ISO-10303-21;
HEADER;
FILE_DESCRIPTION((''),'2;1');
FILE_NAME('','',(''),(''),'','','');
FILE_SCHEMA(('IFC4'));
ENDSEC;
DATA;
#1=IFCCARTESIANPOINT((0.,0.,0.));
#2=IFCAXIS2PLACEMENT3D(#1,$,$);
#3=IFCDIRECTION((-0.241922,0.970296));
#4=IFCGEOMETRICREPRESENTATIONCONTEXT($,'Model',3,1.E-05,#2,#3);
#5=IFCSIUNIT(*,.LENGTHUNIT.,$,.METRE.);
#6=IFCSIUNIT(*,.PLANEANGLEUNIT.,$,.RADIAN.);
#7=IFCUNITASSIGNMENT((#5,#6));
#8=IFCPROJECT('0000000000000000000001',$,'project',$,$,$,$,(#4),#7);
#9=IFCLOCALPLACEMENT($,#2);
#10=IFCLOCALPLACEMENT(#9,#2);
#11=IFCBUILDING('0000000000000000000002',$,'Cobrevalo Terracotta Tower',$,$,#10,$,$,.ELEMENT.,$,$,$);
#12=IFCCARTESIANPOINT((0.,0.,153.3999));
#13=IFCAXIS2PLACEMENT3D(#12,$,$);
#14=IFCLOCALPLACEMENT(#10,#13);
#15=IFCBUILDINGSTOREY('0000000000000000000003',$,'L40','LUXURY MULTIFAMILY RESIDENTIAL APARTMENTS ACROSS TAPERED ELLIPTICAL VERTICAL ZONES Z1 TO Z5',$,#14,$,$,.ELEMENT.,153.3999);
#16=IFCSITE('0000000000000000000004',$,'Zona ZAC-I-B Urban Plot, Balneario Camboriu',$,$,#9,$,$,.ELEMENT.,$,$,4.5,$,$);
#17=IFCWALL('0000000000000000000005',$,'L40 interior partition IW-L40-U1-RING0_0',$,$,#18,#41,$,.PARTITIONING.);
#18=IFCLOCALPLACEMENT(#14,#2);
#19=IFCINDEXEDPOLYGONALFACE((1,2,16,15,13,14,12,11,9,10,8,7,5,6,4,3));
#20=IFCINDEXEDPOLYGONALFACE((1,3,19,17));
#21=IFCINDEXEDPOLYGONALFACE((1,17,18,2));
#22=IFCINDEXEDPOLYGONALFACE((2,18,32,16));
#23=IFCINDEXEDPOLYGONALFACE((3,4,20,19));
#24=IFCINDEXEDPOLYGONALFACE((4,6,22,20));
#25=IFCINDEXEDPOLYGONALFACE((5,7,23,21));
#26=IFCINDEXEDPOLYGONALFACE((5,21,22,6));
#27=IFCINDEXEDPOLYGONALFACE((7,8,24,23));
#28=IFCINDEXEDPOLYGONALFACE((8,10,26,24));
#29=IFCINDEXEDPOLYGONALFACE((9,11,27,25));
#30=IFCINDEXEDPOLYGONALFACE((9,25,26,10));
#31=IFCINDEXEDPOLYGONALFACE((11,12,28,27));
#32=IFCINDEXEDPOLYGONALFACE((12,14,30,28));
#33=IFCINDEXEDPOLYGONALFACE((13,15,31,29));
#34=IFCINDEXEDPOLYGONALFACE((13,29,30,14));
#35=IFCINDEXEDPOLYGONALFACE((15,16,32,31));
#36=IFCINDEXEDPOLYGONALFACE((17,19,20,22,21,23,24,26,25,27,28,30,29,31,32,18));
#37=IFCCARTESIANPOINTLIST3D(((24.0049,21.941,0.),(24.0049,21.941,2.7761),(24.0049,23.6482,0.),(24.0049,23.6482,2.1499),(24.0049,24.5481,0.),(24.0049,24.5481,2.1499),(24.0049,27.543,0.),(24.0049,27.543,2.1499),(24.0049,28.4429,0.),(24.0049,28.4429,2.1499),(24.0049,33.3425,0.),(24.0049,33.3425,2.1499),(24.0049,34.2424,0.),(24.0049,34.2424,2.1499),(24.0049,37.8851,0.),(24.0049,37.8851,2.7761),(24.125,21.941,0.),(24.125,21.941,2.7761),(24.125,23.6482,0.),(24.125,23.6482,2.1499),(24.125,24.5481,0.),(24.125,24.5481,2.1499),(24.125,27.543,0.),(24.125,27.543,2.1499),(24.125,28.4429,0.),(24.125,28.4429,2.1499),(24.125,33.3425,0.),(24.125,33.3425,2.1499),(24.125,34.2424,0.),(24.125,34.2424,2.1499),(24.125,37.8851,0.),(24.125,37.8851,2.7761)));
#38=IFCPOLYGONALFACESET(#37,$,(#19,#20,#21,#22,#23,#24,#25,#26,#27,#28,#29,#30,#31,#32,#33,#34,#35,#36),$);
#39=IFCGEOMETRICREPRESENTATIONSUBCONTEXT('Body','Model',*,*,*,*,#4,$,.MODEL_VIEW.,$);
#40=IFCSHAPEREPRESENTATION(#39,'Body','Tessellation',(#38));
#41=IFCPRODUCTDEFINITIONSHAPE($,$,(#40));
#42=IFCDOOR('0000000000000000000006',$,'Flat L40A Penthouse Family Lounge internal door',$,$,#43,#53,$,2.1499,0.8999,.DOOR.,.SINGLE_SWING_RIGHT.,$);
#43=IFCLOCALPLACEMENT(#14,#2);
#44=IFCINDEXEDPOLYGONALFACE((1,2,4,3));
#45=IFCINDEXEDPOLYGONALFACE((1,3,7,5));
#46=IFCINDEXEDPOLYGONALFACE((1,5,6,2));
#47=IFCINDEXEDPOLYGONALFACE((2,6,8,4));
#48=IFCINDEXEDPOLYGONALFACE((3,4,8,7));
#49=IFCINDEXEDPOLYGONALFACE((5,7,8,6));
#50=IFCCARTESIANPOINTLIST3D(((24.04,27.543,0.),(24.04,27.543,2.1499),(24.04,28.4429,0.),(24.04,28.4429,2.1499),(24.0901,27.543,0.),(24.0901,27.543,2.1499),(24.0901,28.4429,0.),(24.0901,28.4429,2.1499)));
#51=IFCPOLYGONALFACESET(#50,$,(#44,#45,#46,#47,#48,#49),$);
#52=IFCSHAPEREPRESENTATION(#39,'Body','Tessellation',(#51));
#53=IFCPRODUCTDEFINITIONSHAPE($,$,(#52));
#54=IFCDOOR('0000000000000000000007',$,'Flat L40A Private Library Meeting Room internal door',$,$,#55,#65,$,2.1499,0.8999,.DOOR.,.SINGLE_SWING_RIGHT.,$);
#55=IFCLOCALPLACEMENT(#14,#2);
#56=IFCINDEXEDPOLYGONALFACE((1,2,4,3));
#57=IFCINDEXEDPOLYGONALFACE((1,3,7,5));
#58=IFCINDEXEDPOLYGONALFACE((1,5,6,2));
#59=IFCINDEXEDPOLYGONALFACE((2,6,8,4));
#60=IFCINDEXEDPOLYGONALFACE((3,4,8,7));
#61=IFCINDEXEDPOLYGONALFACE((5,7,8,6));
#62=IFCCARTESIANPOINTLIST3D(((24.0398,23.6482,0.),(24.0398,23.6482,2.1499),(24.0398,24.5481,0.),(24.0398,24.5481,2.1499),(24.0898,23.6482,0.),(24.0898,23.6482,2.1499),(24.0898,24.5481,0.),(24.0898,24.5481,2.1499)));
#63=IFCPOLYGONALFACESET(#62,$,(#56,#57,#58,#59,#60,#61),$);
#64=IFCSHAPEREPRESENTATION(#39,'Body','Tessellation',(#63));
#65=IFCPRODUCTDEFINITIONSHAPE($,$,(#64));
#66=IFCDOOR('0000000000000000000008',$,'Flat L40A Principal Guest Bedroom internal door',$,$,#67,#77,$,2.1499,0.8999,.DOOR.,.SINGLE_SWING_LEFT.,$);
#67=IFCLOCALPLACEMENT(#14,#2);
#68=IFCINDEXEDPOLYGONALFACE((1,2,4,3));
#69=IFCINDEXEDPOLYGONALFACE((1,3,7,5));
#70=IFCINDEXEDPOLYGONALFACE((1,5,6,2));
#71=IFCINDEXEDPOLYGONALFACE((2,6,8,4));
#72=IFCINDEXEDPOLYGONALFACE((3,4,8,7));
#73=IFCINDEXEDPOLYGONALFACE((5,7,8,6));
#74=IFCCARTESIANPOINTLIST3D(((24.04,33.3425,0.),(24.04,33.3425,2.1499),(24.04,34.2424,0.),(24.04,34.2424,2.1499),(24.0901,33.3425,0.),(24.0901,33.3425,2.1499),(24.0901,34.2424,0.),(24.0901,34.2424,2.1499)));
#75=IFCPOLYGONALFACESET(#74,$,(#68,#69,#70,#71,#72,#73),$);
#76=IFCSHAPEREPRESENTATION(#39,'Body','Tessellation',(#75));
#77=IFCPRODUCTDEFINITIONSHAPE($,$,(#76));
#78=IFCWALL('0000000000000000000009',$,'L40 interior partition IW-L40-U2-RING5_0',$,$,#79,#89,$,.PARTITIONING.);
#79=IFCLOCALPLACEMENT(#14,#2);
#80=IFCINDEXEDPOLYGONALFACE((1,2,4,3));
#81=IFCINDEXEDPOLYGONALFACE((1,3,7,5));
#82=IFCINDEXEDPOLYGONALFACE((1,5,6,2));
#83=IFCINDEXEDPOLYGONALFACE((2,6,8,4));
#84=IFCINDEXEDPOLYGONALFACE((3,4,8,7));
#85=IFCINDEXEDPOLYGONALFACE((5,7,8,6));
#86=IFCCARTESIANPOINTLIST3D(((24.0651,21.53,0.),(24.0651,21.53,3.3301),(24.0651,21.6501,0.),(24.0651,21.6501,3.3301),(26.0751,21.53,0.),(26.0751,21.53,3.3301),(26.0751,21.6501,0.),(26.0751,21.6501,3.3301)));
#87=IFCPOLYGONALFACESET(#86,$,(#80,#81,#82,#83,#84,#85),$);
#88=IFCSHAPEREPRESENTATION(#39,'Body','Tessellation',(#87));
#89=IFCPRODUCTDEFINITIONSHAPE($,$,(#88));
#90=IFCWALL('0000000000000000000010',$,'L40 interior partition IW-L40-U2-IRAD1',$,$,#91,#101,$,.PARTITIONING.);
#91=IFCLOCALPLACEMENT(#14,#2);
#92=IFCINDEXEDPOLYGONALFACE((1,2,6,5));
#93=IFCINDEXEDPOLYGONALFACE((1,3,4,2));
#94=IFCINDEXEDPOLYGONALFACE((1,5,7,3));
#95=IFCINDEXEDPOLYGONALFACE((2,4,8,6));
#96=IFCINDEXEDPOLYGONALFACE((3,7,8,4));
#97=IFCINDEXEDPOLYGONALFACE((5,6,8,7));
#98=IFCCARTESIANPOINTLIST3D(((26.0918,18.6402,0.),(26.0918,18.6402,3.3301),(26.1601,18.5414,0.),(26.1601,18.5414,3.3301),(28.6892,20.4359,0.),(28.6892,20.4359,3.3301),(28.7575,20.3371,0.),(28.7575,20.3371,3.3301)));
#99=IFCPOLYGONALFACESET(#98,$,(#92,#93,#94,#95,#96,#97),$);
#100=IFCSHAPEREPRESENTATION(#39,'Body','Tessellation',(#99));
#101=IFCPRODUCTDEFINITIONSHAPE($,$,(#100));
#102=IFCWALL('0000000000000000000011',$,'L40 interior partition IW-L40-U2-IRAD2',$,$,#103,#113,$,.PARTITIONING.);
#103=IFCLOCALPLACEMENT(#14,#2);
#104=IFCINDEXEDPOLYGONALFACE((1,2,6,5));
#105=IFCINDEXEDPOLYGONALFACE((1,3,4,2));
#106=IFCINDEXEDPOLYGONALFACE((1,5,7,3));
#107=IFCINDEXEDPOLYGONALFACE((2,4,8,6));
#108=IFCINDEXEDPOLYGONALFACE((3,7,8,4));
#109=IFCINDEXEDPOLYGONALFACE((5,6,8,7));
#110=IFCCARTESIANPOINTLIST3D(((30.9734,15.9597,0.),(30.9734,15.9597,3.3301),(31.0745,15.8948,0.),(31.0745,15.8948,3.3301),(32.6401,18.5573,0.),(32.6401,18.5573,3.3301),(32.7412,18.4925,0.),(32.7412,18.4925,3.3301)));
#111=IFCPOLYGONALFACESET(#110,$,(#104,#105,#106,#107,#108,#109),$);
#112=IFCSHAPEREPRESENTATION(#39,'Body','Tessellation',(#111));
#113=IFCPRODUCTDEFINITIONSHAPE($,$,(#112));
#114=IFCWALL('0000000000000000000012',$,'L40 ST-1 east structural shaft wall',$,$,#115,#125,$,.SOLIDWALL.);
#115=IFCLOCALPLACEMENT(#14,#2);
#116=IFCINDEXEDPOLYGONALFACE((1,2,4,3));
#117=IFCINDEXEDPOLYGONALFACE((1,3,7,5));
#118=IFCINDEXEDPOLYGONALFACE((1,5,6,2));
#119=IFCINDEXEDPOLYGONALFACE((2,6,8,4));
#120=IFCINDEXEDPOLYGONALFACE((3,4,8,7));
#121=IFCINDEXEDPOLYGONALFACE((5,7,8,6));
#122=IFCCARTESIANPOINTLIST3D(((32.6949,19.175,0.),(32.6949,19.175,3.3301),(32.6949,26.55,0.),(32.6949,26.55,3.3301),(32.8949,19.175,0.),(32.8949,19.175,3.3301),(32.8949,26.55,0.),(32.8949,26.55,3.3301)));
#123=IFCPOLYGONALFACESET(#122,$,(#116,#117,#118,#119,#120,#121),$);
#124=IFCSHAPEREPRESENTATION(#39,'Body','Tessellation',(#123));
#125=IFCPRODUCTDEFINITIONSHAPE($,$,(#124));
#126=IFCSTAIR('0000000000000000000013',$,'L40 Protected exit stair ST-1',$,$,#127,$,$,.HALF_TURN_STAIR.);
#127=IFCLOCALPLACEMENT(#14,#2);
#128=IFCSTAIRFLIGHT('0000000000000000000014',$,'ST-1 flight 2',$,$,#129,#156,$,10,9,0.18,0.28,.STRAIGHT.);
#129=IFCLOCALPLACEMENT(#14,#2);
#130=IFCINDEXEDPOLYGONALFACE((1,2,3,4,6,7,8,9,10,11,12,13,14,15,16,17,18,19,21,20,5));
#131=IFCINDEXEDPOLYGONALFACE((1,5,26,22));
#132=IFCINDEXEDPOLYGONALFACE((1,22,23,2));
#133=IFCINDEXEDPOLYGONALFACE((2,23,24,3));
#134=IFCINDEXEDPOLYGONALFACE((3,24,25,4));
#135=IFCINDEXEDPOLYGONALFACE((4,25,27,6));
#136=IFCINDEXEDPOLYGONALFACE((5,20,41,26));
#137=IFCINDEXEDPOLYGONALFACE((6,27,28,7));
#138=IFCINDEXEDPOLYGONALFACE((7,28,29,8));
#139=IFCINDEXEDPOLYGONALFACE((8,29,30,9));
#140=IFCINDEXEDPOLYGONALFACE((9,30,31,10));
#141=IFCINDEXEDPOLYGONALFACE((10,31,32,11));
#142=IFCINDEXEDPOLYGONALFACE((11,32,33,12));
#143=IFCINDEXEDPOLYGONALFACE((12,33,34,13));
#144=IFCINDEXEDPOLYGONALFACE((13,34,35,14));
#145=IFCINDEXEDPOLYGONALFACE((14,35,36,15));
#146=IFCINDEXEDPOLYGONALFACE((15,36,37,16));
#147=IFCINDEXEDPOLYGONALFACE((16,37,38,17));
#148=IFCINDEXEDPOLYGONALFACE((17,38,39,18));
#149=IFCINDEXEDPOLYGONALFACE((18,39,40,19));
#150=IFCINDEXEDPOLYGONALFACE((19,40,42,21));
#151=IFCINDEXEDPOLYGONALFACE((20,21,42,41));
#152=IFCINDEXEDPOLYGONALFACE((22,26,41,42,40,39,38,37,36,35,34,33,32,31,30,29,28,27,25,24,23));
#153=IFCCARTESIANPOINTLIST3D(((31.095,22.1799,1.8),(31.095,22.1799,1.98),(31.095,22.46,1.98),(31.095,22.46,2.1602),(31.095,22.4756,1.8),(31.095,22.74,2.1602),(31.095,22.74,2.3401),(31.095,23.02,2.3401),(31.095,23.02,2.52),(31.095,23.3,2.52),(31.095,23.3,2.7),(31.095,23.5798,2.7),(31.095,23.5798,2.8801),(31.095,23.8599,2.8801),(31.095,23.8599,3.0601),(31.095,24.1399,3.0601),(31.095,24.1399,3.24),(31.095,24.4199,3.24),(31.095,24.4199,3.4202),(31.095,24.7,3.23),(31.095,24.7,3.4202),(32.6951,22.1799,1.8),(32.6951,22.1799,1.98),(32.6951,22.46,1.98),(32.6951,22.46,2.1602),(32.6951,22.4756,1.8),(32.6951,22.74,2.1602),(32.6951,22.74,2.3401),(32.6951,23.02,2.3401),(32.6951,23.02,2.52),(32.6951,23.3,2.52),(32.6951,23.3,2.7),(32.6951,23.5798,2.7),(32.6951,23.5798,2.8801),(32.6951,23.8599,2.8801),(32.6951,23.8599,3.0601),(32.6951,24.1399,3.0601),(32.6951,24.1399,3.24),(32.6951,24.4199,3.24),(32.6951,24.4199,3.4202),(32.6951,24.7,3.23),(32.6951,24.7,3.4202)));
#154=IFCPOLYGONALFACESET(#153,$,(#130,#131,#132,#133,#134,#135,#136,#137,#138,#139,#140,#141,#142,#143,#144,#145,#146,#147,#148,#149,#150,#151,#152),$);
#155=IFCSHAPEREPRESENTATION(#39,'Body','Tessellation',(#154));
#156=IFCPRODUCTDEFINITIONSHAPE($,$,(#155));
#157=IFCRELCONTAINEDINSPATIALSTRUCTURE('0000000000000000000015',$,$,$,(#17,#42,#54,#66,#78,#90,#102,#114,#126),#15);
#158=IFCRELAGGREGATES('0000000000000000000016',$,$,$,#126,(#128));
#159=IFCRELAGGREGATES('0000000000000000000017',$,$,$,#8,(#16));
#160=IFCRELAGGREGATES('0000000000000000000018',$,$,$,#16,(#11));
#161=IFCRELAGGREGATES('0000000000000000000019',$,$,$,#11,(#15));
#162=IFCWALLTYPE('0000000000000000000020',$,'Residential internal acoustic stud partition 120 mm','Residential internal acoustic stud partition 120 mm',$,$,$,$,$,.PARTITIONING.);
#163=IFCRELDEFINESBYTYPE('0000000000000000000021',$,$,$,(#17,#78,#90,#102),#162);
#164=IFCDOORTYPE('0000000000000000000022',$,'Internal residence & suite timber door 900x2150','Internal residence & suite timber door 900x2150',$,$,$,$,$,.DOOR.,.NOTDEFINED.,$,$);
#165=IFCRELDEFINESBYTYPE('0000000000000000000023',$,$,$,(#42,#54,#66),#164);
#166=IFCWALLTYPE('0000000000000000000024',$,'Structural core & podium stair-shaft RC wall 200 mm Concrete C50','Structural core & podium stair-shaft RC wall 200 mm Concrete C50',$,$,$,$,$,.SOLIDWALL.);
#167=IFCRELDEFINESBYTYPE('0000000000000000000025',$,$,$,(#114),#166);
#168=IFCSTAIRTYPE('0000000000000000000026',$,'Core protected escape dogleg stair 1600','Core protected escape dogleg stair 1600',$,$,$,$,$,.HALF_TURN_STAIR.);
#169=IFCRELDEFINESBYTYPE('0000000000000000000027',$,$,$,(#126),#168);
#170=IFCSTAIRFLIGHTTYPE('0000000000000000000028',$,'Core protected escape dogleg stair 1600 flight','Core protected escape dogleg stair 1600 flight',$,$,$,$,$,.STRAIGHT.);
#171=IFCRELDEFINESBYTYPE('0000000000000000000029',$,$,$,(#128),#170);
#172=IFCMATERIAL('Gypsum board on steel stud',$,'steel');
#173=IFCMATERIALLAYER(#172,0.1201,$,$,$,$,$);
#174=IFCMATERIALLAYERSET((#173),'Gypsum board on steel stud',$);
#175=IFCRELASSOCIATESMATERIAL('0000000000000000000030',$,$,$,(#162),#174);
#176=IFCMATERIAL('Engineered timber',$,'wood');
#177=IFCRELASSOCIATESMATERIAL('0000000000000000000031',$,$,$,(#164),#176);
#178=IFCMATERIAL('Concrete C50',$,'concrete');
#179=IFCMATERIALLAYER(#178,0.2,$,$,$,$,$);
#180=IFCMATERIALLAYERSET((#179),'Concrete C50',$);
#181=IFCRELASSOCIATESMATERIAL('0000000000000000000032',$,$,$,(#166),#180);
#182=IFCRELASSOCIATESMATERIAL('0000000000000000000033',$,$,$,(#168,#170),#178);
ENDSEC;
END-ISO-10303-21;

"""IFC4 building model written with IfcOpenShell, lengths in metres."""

from ifc_helpers import new_model, si_unit, direction, frame, frame_2d, origin, place, context, subcontext, project, spatial, polyline, rectangle, outline, extrude, source, transform, mapped, material, layer, layer_set, type_object, element, fill, aggregate, save


model = new_model("IFC4")

# Units and contexts
model_context = context("Model", 3, precision=1e-05, world=origin(), true_north=direction((-0.241922, 0.970296)))
body_context = subcontext(model_context, "Body", "Model", "MODEL_VIEW")
ifc_project = project(units=[si_unit("LENGTHUNIT", "METRE"), si_unit("PLANEANGLEUNIT", "RADIAN")], contexts=[model_context])

# Site, building, storey
site_placement = place(None, origin())
site = spatial("IfcSite", under=ifc_project, at=site_placement, Name="Zona ZAC-I-B Urban Plot, Balneario Camboriu", CompositionType="ELEMENT", RefElevation=4.5)
building_placement = place(site_placement, origin())
building = spatial("IfcBuilding", under=site, at=building_placement, Name="Cobrevalo Terracotta Tower", CompositionType="ELEMENT")
storey_placement = place(building_placement, frame((0.0, 0.0, 153.3999)))
storey = spatial("IfcBuildingStorey", under=building, at=storey_placement, Name="L40", Description="LUXURY MULTIFAMILY RESIDENTIAL APARTMENTS ACROSS TAPERED ELLIPTICAL VERTICAL ZONES Z1 TO Z5", CompositionType="ELEMENT", Elevation=153.3999)

# Shared definitions
ifc_material_1 = material(Name="Gypsum board on steel stud", Category="steel")

# Wall, openings, doors
ifc_layer_1 = layer(ifc_material_1, 0.1201)
ifc_layer_set_1 = layer_set([ifc_layer_1], Name="Gypsum board on steel stud")
wall_type_1 = type_object("IfcWallType", Name="Residential internal acoustic stud partition 120 mm", Description="Residential internal acoustic stud partition 120 mm", PredefinedType="PARTITIONING", material=ifc_layer_set_1)
wall_1_placement = place(storey_placement, frame((24.0649, 21.9409, 0.0), z_axis=(0.0, 0.0, 1.0), x_axis=(0.0, 1.0, 0.0)))
wall_1 = element("IfcWall", 1, at=wall_1_placement, inside=storey, type_object=wall_type_1, Name="L40 interior partition IW-L40-U1-RING0_0", PredefinedType="PARTITIONING", context=body_context, shape_type="SweptSolid", body=[
    extrude(rectangle(XDim=15.9441, YDim=0.1201, at=frame_2d((7.9722, 0.0))), origin(), (0.0, 0.0, 1.0), 2.7761),
])
opening_1_placement = place(wall_1_placement, frame((5.6021, 0.0, 0.0)))
opening_1 = element("IfcOpeningElement", 2, at=opening_1_placement, cuts=wall_1, PredefinedType="OPENING", context=body_context, shape_type="SweptSolid", body=[
    extrude(rectangle(XDim=0.8999, YDim=2.1499, at=frame_2d((0.45, 1.075))), frame((0.0, 0.0701, 0.0), z_axis=(0.0, -1.0, 0.0), x_axis=(1.0, 0.0, 0.0)), (0.0, 0.0, 1.0), 0.1401),
])
opening_2_placement = place(wall_1_placement, frame((1.7073, 0.0, 0.0)))
opening_2 = element("IfcOpeningElement", 3, at=opening_2_placement, cuts=wall_1, PredefinedType="OPENING", context=body_context, shape_type="SweptSolid", body=[
    extrude(rectangle(XDim=0.8999, YDim=2.1499, at=frame_2d((0.45, 1.075))), frame((0.0, 0.0701, 0.0), z_axis=(0.0, -1.0, 0.0), x_axis=(1.0, 0.0, 0.0)), (0.0, 0.0, 1.0), 0.1401),
])
opening_3_placement = place(wall_1_placement, frame((11.4016, 0.0, 0.0)))
opening_3 = element("IfcOpeningElement", 4, at=opening_3_placement, cuts=wall_1, PredefinedType="OPENING", context=body_context, shape_type="SweptSolid", body=[
    extrude(rectangle(XDim=0.8999, YDim=2.1499, at=frame_2d((0.45, 1.075))), frame((0.0, 0.0701, 0.0), z_axis=(0.0, -1.0, 0.0), x_axis=(1.0, 0.0, 0.0)), (0.0, 0.0, 1.0), 0.1401),
])
ifc_material_2 = material(Name="Engineered timber", Category="wood")
door_type_1 = type_object("IfcDoorType", Name="Internal residence & suite timber door 900x2150", Description="Internal residence & suite timber door 900x2150", OperationType="NOTDEFINED", PredefinedType="DOOR", material=ifc_material_2)
shared_shape_1 = source(origin(), body_context, "Body", "SweptSolid", [
    extrude(rectangle(XDim=0.8999, YDim=2.1499, at=frame_2d((0.45, 1.075))), frame((0.0, 0.0249, 0.0), z_axis=(0.0, -1.0, 0.0), x_axis=(1.0, 0.0, 0.0)), (0.0, 0.0, 1.0), 0.05),
])
door_1_placement = place(opening_1_placement, origin())
door_1 = element("IfcDoor", 5, at=door_1_placement, inside=storey, type_object=door_type_1, Name="Flat L40A Penthouse Family Lounge internal door", OperationType="SINGLE_SWING_RIGHT", OverallHeight=2.1499, OverallWidth=0.8999, PredefinedType="DOOR", context=body_context, shape_type="MappedRepresentation", body=[
    mapped(shared_shape_1, transform((0.0, 0.0, 0.0), scale=1.0)),
])
fill(opening_1, door_1)
door_2_placement = place(opening_2_placement, frame((0.8999, 0.0, 0.0), z_axis=(0.0, 0.0, 1.0), x_axis=(-1.0, 0.0, 0.0)))
door_2 = element("IfcDoor", 6, at=door_2_placement, inside=storey, type_object=door_type_1, Name="Flat L40A Private Library Meeting Room internal door", OperationType="SINGLE_SWING_RIGHT", OverallHeight=2.1499, OverallWidth=0.8999, PredefinedType="DOOR", context=body_context, shape_type="MappedRepresentation", body=[
    mapped(shared_shape_1, transform((0.0, 0.0, 0.0), scale=1.0)),
])
fill(opening_2, door_2)
door_3_placement = place(opening_3_placement, origin())
door_3 = element("IfcDoor", 7, at=door_3_placement, inside=storey, type_object=door_type_1, Name="Flat L40A Principal Guest Bedroom internal door", OperationType="SINGLE_SWING_LEFT", OverallHeight=2.1499, OverallWidth=0.8999, PredefinedType="DOOR", context=body_context, shape_type="MappedRepresentation", body=[
    mapped(shared_shape_1, transform((0.0, 0.0, 0.0), scale=1.0)),
])
fill(opening_3, door_3)

# Walls
wall_2_placement = place(storey_placement, frame((26.075, 21.5901, 0.0), z_axis=(0.0, 0.0, 1.0), x_axis=(-1.0, 0.0, 0.0)))
element("IfcWall", 8, at=wall_2_placement, inside=storey, type_object=wall_type_1, Name="L40 interior partition IW-L40-U2-RING5_0", PredefinedType="PARTITIONING", context=body_context, shape_type="SweptSolid", body=[
    extrude(rectangle(XDim=2.01, YDim=0.1201, at=frame_2d((1.0049, 0.0))), origin(), (0.0, 0.0, 1.0), 3.3301),
])
wall_3_placement = place(storey_placement, frame((28.7234, 20.3865, 0.0), z_axis=(0.0, 0.0, 1.0), x_axis=(-0.822571, -0.568663, 0.0)))
element("IfcWall", 9, at=wall_3_placement, inside=storey, type_object=wall_type_1, Name="L40 interior partition IW-L40-U2-IRAD1", PredefinedType="PARTITIONING", context=body_context, shape_type="SweptSolid", body=[
    extrude(rectangle(XDim=3.1577, YDim=0.1201, at=frame_2d((1.5789, 0.0))), origin(), (0.0, 0.0, 1.0), 3.3301),
])
wall_4_placement = place(storey_placement, frame((32.6907, 18.5249, 0.0), z_axis=(0.0, 0.0, 1.0), x_axis=(-0.54003, -0.841646, 0.0)))
element("IfcWall", 10, at=wall_4_placement, inside=storey, type_object=wall_type_1, Name="L40 interior partition IW-L40-U2-IRAD2", PredefinedType="PARTITIONING", context=body_context, shape_type="SweptSolid", body=[
    extrude(rectangle(XDim=3.0864, YDim=0.1201, at=frame_2d((1.5432, 0.0))), origin(), (0.0, 0.0, 1.0), 3.3301),
])
ifc_material_3 = material(Name="Concrete C50", Category="concrete")
ifc_layer_2 = layer(ifc_material_3, 0.2)
ifc_layer_set_2 = layer_set([ifc_layer_2], Name="Concrete C50")
wall_type_2 = type_object("IfcWallType", Name="Structural core & podium stair-shaft RC wall 200 mm Concrete C50", Description="Structural core & podium stair-shaft RC wall 200 mm Concrete C50", PredefinedType="SOLIDWALL", material=ifc_layer_set_2)
wall_5_placement = place(storey_placement, frame((32.7949, 19.175, 0.0), z_axis=(0.0, 0.0, 1.0), x_axis=(0.0, 1.0, 0.0)))
element("IfcWall", 11, at=wall_5_placement, inside=storey, type_object=wall_type_2, Name="L40 ST-1 east structural shaft wall", PredefinedType="SOLIDWALL", context=body_context, shape_type="SweptSolid", body=[
    extrude(rectangle(XDim=7.375, YDim=0.2, at=frame_2d((3.6875, 0.0))), origin(), (0.0, 0.0, 1.0), 3.3301),
])

# Stair, stair flight
stair_type = type_object("IfcStairType", Name="Core protected escape dogleg stair 1600", Description="Core protected escape dogleg stair 1600", PredefinedType="HALF_TURN_STAIR", material=ifc_material_3)
stair_placement = place(storey_placement, origin())
stair = element("IfcStair", 12, at=stair_placement, inside=storey, type_object=stair_type, Name="L40 Protected exit stair ST-1", PredefinedType="HALF_TURN_STAIR")
stair_flight_type = type_object("IfcStairFlightType", Name="Core protected escape dogleg stair 1600 flight", Description="Core protected escape dogleg stair 1600 flight", PredefinedType="STRAIGHT", material=ifc_material_3)
stair_flight_placement = place(storey_placement, frame((31.895, 22.1799, 1.8), z_axis=(0.0, 0.0, 1.0), x_axis=(0.0, 1.0, 0.0)))
stair_flight = element("IfcStairFlight", 13, at=stair_flight_placement, type_object=stair_flight_type, Name="ST-1 flight 2", NumberOfRisers=10, NumberOfTreads=9, PredefinedType="STRAIGHT", RiserHeight=0.18, TreadLength=0.28, context=body_context, shape_type="SweptSolid", body=[
    extrude(outline(polyline([(0.0, 0.0), (0.0, 0.1799), (0.28, 0.1799), (0.28, 0.3601), (0.5601, 0.3601), (0.5601, 0.54), (0.8401, 0.54), (0.8401, 0.72), (1.1201, 0.72), (1.1201, 0.8999), (1.3999, 0.8999), (1.3999, 1.0801), (1.6799, 1.0801), (1.6799, 1.26), (1.96, 1.26), (1.96, 1.4399), (2.24, 1.4399), (2.24, 1.6201), (2.52, 1.6201), (2.52, 1.8), (2.52, 1.4299), (0.2957, 0.0), (0.0, 0.0)])), frame((0.0, 0.8, 0.0), z_axis=(0.0, -1.0, 0.0), x_axis=(1.0, 0.0, 0.0)), (0.0, 0.0, 1.0), 1.6001),
])
aggregate(stair, [stair_flight])

save(model, "model.ifc")
